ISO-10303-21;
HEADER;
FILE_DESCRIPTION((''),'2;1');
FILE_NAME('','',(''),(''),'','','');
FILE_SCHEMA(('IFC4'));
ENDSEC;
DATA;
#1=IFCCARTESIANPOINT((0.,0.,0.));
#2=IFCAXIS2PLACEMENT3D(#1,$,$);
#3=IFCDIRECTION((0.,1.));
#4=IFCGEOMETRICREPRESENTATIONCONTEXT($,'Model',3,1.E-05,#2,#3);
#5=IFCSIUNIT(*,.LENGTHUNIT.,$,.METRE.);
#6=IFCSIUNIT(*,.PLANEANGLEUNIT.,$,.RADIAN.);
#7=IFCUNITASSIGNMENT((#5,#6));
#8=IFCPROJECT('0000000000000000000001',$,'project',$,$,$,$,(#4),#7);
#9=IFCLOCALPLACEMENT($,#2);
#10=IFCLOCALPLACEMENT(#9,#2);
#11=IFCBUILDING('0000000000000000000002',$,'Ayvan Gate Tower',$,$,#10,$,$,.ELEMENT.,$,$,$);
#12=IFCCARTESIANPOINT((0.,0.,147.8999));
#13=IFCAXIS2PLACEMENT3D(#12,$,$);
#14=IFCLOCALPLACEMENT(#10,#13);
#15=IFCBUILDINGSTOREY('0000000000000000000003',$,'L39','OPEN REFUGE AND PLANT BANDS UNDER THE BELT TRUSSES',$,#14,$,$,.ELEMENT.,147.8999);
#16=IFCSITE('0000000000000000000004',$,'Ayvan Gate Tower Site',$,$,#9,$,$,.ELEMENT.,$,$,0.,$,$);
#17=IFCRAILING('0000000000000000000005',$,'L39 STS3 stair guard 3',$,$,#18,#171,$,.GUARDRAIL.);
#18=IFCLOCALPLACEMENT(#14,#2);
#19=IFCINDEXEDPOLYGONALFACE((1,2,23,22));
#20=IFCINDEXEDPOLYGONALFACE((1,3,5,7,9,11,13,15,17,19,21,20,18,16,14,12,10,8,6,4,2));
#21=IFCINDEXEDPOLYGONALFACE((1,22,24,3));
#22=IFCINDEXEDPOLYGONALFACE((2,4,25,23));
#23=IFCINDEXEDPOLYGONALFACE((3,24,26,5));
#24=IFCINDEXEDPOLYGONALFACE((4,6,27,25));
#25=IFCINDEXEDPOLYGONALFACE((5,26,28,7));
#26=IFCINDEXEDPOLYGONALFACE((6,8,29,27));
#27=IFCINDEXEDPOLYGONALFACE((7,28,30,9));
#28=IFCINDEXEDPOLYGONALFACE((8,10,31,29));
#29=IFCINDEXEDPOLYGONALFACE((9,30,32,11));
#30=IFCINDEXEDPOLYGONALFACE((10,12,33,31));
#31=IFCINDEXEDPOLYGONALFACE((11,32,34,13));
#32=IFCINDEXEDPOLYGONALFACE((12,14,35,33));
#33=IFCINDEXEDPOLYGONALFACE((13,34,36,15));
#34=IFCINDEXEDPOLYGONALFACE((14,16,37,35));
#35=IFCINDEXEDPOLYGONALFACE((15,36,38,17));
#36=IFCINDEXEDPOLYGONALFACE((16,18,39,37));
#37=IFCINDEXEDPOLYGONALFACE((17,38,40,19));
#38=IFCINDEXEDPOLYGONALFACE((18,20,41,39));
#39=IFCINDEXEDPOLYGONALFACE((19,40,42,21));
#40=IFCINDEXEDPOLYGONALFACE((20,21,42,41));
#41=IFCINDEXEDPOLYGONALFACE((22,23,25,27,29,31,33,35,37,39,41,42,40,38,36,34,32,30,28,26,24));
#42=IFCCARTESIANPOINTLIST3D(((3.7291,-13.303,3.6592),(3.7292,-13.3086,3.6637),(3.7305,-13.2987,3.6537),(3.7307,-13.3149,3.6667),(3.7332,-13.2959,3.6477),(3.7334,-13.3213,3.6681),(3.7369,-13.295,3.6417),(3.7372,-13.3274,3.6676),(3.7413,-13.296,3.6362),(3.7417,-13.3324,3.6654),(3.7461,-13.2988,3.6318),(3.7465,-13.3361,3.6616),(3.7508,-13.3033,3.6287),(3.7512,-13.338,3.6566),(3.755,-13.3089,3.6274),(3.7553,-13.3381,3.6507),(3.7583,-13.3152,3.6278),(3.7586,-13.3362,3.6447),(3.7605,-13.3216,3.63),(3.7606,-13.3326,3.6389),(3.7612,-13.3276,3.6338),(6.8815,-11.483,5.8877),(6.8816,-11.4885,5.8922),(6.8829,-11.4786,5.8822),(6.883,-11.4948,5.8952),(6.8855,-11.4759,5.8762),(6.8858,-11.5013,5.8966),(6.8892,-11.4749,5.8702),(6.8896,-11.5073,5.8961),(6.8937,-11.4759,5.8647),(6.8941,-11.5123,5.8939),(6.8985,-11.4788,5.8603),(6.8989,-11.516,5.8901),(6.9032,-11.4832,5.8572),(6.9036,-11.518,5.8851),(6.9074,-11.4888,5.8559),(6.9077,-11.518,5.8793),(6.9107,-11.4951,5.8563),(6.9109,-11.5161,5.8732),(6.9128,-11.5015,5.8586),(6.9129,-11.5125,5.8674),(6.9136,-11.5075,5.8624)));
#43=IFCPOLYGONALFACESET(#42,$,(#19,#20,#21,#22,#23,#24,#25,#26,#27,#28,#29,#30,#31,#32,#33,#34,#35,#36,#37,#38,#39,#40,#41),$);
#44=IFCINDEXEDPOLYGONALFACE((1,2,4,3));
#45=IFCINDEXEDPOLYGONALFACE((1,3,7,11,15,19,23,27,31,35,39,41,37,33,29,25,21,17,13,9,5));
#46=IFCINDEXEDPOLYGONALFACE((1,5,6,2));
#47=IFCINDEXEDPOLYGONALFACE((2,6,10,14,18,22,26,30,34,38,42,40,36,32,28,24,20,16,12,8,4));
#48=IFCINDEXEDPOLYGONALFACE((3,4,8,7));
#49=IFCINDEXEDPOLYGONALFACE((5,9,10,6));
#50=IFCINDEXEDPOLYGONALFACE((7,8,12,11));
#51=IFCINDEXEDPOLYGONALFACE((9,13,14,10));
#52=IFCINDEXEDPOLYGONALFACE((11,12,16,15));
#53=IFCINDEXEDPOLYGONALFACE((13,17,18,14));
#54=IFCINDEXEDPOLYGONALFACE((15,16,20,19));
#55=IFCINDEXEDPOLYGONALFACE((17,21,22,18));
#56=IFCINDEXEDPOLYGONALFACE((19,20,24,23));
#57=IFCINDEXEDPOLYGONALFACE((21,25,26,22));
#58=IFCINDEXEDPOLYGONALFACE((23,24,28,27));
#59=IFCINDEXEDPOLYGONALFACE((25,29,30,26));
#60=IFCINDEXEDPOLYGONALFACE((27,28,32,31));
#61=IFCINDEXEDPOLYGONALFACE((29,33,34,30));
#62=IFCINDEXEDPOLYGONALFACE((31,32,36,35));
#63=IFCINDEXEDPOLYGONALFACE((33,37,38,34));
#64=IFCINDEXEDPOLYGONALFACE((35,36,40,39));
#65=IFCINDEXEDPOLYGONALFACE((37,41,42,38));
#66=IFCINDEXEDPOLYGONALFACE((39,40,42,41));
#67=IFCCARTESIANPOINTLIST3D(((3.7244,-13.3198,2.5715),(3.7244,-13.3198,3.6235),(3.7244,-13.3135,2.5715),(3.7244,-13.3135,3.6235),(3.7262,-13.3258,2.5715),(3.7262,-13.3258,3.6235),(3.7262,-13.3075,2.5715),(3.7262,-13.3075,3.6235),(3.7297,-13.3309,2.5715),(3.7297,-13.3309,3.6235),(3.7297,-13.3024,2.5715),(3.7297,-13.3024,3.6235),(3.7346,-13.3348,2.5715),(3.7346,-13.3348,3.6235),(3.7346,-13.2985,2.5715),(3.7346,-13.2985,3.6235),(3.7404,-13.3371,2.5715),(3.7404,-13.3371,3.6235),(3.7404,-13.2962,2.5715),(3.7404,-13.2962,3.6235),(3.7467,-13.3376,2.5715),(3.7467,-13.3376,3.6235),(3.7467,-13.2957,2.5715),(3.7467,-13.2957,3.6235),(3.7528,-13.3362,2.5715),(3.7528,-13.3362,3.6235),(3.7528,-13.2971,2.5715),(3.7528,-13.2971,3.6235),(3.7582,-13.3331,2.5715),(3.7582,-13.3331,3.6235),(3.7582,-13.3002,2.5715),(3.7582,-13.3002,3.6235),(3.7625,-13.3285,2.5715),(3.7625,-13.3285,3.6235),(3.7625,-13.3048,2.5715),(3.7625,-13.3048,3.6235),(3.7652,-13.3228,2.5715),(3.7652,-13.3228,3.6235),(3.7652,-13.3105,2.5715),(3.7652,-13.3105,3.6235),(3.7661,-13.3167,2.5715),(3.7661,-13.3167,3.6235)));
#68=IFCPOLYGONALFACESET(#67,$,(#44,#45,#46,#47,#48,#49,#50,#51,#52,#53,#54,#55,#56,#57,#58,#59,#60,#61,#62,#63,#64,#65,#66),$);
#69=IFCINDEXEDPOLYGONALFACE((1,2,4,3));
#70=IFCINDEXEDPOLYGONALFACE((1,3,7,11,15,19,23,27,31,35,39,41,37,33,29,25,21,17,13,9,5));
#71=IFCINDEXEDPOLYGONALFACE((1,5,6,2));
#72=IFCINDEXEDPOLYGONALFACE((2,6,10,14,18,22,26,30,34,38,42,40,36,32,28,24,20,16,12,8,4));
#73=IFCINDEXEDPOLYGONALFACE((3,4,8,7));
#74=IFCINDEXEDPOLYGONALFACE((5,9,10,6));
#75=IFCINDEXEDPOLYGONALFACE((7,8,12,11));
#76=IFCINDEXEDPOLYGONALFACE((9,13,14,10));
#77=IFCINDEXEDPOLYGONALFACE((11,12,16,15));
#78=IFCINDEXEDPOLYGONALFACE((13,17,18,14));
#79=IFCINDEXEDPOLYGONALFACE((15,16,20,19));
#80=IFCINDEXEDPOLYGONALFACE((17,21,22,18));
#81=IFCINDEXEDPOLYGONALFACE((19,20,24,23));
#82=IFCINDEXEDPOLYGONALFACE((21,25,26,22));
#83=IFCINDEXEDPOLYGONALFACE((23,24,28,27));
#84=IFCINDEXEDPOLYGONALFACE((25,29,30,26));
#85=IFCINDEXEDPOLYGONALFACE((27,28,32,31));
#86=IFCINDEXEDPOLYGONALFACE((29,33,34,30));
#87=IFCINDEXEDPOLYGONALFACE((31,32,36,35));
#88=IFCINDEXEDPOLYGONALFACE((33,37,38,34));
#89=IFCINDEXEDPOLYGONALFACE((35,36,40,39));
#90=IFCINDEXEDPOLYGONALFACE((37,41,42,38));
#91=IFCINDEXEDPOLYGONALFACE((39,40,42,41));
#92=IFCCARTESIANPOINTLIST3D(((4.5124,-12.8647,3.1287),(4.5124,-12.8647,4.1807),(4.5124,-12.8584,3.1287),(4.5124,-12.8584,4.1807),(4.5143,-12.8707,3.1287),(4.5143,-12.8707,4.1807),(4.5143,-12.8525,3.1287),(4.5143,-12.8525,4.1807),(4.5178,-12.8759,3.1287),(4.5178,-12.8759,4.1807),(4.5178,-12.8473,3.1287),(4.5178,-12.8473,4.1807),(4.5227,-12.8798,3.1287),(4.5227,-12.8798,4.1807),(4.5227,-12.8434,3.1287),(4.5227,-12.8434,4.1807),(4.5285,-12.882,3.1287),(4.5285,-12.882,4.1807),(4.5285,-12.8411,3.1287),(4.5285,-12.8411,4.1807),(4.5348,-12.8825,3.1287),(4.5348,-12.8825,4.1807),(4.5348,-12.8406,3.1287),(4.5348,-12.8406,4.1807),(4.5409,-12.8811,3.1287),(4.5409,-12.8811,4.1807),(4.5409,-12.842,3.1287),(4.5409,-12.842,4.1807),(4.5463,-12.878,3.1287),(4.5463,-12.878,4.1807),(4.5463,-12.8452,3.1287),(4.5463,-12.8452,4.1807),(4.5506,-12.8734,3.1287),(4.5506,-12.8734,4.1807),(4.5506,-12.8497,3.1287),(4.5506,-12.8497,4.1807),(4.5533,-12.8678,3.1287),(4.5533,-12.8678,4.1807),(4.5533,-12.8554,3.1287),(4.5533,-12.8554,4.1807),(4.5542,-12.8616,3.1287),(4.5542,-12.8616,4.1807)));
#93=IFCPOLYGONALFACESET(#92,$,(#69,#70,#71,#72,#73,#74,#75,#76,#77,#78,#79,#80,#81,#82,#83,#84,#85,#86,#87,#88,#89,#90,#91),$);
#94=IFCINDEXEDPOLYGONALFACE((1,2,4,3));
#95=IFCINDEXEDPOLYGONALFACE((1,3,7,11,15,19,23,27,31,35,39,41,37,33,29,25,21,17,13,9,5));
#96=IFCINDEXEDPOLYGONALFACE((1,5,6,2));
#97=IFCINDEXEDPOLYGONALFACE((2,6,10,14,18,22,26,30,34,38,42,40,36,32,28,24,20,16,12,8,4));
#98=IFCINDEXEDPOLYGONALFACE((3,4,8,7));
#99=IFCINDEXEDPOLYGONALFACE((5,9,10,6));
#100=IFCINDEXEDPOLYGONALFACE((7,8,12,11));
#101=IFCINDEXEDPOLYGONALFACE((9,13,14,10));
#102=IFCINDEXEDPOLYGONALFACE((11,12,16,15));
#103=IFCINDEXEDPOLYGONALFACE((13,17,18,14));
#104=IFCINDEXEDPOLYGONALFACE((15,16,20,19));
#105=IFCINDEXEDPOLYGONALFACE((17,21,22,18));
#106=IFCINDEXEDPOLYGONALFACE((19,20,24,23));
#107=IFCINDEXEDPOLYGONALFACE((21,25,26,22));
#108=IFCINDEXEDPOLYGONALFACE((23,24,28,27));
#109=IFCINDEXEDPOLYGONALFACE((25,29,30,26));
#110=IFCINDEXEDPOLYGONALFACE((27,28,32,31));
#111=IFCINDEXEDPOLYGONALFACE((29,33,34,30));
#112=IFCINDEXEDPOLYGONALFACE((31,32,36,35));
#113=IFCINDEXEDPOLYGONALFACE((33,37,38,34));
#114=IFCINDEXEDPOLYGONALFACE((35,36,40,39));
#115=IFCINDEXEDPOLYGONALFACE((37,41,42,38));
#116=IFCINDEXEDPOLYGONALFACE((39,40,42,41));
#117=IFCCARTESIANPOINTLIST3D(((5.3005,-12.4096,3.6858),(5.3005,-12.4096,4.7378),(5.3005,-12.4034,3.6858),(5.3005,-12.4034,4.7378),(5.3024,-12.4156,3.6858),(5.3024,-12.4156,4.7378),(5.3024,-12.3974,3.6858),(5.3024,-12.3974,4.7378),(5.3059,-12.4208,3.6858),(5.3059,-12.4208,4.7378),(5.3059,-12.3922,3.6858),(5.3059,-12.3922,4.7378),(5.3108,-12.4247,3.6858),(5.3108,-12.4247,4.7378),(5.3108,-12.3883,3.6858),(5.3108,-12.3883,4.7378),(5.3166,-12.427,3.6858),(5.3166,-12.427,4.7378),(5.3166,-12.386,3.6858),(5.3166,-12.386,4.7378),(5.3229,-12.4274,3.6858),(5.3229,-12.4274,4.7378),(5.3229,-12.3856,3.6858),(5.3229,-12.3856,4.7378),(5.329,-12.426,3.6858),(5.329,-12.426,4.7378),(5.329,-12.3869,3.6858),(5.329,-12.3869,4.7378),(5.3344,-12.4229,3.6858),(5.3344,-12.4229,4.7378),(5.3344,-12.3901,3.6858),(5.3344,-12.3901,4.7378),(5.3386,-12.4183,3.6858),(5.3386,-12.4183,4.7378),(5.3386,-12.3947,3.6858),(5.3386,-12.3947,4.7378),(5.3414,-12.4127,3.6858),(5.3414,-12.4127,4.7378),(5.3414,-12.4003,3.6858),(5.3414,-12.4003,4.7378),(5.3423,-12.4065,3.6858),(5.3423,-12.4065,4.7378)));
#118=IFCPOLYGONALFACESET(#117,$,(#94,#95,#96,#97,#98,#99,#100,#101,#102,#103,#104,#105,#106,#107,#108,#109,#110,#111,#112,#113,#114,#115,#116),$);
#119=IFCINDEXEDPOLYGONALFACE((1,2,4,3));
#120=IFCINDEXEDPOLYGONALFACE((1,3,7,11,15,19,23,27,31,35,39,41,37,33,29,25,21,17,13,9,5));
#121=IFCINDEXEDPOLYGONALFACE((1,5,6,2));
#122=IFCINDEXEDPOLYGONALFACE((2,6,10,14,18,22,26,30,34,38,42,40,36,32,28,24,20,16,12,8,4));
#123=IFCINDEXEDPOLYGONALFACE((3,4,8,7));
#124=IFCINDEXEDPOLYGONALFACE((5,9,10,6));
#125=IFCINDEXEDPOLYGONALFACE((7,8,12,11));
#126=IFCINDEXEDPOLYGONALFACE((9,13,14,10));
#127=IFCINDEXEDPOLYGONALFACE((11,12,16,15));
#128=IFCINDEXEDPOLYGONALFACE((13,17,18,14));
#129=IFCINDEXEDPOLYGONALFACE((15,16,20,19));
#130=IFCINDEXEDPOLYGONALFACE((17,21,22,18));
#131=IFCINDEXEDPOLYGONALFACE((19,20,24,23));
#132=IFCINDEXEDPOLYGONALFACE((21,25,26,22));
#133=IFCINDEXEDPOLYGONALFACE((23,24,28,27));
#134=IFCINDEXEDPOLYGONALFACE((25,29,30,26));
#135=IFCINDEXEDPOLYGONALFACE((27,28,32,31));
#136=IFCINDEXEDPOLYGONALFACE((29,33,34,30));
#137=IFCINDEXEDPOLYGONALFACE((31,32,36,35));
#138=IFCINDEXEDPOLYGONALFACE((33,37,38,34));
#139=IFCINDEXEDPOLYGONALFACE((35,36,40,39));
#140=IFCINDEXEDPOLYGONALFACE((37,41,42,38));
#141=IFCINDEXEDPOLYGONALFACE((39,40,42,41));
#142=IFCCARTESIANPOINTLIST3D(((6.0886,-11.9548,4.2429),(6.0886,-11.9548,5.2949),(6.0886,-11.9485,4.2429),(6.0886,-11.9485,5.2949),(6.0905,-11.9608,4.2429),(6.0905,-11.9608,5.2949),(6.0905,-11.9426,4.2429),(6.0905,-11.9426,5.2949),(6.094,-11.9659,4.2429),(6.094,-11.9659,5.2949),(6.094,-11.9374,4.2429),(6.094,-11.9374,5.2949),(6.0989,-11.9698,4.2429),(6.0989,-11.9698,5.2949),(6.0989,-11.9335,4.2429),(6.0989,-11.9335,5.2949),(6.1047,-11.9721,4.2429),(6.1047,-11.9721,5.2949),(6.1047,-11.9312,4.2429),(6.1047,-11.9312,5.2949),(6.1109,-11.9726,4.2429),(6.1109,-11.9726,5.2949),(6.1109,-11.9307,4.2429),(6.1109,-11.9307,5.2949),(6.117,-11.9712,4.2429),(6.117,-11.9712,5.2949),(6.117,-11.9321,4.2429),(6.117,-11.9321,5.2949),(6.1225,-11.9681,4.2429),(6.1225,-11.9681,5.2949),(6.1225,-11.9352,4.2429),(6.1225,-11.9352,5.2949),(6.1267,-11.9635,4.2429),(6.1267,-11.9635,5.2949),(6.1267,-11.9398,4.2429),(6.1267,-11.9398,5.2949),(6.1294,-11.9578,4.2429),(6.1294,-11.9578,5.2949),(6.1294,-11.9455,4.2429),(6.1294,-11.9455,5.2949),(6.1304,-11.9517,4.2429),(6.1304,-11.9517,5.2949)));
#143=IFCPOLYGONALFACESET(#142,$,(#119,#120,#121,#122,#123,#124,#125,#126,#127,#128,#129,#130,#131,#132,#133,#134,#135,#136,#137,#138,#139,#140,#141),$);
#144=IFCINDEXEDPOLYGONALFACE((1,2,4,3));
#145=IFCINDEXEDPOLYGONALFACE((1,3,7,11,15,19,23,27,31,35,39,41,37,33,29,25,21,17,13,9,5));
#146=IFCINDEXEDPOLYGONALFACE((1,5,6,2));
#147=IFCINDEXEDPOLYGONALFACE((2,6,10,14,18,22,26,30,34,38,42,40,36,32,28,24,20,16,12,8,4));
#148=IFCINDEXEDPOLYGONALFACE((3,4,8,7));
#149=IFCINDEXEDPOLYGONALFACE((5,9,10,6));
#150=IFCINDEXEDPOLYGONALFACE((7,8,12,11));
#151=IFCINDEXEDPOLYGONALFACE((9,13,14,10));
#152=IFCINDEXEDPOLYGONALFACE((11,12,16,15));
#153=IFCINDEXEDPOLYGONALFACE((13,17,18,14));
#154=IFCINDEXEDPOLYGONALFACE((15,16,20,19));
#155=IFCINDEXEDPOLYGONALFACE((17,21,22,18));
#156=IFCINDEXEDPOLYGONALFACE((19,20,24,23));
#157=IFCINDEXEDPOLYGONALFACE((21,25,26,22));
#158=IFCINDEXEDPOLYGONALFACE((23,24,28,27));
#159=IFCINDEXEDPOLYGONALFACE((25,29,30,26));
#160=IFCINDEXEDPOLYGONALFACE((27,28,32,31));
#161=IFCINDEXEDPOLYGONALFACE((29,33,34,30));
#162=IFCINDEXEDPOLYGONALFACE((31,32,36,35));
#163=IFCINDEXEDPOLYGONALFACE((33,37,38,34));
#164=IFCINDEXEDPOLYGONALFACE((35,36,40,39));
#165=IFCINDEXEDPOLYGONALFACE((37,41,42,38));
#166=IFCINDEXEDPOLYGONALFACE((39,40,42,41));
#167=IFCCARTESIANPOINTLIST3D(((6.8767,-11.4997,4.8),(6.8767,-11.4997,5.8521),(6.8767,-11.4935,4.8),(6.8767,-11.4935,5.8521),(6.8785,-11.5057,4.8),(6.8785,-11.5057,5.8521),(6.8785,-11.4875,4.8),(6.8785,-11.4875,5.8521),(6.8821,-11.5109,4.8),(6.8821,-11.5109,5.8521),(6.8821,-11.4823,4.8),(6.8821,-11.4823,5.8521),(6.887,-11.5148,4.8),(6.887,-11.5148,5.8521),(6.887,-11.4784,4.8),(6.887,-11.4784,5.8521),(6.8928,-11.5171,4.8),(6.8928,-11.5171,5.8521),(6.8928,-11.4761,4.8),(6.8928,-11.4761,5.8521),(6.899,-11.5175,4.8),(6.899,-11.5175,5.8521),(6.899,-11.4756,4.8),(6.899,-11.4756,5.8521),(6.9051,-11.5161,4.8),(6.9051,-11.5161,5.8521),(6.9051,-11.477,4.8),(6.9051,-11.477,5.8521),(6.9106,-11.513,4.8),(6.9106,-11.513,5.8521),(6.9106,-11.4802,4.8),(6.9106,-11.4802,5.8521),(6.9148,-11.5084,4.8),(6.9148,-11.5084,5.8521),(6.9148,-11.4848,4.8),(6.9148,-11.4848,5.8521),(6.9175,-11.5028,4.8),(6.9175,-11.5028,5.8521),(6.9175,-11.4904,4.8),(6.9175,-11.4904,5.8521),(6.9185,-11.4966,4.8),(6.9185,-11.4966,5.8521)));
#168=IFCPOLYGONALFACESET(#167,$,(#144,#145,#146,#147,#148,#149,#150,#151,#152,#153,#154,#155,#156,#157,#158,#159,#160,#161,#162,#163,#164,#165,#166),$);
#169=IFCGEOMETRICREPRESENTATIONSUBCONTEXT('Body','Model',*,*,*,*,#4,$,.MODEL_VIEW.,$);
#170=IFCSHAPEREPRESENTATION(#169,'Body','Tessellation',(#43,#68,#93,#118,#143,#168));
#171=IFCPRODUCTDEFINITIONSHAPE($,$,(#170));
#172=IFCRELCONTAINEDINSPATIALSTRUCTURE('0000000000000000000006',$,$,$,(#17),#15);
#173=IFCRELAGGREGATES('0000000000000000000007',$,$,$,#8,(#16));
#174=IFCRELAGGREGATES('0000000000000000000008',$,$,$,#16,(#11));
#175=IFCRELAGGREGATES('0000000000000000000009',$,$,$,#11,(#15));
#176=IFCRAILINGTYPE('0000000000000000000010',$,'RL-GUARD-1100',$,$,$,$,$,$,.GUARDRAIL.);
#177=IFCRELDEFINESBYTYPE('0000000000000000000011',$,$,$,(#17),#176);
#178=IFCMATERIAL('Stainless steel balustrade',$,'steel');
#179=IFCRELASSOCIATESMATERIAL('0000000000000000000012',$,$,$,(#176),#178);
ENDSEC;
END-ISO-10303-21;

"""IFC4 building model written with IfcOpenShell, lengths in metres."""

from ifc_helpers import new_model, si_unit, direction, frame, origin, origin_2d, place, context, subcontext, project, spatial, circle, extrude, material, type_object, element, save


model = new_model("IFC4")

# Units and contexts
model_context = context("Model", 3, precision=1e-05, world=origin(), true_north=direction((0.0, 1.0)))
body_context = subcontext(model_context, "Body", "Model", "MODEL_VIEW")
ifc_project = project(units=[si_unit("LENGTHUNIT", "METRE"), si_unit("PLANEANGLEUNIT", "RADIAN")], contexts=[model_context])

# Site, building, storey
site_placement = place(None, origin())
site = spatial("IfcSite", under=ifc_project, at=site_placement, Name="Ayvan Gate Tower Site", CompositionType="ELEMENT", RefElevation=0.0)
building_placement = place(site_placement, origin())
building = spatial("IfcBuilding", under=site, at=building_placement, Name="Ayvan Gate Tower", CompositionType="ELEMENT")
storey_placement = place(building_placement, frame((0.0, 0.0, 147.8999)))
storey = spatial("IfcBuildingStorey", under=building, at=storey_placement, Name="L39", Description="OPEN REFUGE AND PLANT BANDS UNDER THE BELT TRUSSES", CompositionType="ELEMENT", Elevation=147.8999)

# Railing
ifc_material_1 = material(Name="Stainless steel balustrade", Category="steel")
railing_type_1 = type_object("IfcRailingType", Name="RL-GUARD-1100", PredefinedType="GUARDRAIL", material=ifc_material_1)
railing_1_placement = place(storey_placement, frame((3.7451, -13.3167, 2.5715)))
element("IfcRailing", 1, at=railing_1_placement, inside=storey, type_object=railing_type_1, Name="L39 STS3 stair guard 3", PredefinedType="GUARDRAIL", context=body_context, shape_type="SweptSolid", body=[
    extrude(circle(Radius=0.0239, at=origin_2d()), frame((0.0, 0.0, 1.0762), z_axis=(0.738592, 0.426441, 0.52214), x_axis=(-0.500013, 0.866018, 0.0)), (0.0, 0.0, 1.0), 4.2681),
    extrude(circle(Radius=0.021, at=origin_2d()), origin(), (0.0, 0.0, 1.0), 1.052),
    extrude(circle(Radius=0.021, at=origin_2d()), frame((0.7881, 0.4551, 0.5571)), (0.0, 0.0, 1.0), 1.052),
    extrude(circle(Radius=0.021, at=origin_2d()), frame((1.5762, 0.9102, 1.1143)), (0.0, 0.0, 1.0), 1.052),
    extrude(circle(Radius=0.021, at=origin_2d()), frame((2.3643, 1.365, 1.6714)), (0.0, 0.0, 1.0), 1.052),
    extrude(circle(Radius=0.021, at=origin_2d()), frame((3.1523, 1.8201, 2.2285)), (0.0, 0.0, 1.0), 1.052),
])

save(model, "model.ifc")
